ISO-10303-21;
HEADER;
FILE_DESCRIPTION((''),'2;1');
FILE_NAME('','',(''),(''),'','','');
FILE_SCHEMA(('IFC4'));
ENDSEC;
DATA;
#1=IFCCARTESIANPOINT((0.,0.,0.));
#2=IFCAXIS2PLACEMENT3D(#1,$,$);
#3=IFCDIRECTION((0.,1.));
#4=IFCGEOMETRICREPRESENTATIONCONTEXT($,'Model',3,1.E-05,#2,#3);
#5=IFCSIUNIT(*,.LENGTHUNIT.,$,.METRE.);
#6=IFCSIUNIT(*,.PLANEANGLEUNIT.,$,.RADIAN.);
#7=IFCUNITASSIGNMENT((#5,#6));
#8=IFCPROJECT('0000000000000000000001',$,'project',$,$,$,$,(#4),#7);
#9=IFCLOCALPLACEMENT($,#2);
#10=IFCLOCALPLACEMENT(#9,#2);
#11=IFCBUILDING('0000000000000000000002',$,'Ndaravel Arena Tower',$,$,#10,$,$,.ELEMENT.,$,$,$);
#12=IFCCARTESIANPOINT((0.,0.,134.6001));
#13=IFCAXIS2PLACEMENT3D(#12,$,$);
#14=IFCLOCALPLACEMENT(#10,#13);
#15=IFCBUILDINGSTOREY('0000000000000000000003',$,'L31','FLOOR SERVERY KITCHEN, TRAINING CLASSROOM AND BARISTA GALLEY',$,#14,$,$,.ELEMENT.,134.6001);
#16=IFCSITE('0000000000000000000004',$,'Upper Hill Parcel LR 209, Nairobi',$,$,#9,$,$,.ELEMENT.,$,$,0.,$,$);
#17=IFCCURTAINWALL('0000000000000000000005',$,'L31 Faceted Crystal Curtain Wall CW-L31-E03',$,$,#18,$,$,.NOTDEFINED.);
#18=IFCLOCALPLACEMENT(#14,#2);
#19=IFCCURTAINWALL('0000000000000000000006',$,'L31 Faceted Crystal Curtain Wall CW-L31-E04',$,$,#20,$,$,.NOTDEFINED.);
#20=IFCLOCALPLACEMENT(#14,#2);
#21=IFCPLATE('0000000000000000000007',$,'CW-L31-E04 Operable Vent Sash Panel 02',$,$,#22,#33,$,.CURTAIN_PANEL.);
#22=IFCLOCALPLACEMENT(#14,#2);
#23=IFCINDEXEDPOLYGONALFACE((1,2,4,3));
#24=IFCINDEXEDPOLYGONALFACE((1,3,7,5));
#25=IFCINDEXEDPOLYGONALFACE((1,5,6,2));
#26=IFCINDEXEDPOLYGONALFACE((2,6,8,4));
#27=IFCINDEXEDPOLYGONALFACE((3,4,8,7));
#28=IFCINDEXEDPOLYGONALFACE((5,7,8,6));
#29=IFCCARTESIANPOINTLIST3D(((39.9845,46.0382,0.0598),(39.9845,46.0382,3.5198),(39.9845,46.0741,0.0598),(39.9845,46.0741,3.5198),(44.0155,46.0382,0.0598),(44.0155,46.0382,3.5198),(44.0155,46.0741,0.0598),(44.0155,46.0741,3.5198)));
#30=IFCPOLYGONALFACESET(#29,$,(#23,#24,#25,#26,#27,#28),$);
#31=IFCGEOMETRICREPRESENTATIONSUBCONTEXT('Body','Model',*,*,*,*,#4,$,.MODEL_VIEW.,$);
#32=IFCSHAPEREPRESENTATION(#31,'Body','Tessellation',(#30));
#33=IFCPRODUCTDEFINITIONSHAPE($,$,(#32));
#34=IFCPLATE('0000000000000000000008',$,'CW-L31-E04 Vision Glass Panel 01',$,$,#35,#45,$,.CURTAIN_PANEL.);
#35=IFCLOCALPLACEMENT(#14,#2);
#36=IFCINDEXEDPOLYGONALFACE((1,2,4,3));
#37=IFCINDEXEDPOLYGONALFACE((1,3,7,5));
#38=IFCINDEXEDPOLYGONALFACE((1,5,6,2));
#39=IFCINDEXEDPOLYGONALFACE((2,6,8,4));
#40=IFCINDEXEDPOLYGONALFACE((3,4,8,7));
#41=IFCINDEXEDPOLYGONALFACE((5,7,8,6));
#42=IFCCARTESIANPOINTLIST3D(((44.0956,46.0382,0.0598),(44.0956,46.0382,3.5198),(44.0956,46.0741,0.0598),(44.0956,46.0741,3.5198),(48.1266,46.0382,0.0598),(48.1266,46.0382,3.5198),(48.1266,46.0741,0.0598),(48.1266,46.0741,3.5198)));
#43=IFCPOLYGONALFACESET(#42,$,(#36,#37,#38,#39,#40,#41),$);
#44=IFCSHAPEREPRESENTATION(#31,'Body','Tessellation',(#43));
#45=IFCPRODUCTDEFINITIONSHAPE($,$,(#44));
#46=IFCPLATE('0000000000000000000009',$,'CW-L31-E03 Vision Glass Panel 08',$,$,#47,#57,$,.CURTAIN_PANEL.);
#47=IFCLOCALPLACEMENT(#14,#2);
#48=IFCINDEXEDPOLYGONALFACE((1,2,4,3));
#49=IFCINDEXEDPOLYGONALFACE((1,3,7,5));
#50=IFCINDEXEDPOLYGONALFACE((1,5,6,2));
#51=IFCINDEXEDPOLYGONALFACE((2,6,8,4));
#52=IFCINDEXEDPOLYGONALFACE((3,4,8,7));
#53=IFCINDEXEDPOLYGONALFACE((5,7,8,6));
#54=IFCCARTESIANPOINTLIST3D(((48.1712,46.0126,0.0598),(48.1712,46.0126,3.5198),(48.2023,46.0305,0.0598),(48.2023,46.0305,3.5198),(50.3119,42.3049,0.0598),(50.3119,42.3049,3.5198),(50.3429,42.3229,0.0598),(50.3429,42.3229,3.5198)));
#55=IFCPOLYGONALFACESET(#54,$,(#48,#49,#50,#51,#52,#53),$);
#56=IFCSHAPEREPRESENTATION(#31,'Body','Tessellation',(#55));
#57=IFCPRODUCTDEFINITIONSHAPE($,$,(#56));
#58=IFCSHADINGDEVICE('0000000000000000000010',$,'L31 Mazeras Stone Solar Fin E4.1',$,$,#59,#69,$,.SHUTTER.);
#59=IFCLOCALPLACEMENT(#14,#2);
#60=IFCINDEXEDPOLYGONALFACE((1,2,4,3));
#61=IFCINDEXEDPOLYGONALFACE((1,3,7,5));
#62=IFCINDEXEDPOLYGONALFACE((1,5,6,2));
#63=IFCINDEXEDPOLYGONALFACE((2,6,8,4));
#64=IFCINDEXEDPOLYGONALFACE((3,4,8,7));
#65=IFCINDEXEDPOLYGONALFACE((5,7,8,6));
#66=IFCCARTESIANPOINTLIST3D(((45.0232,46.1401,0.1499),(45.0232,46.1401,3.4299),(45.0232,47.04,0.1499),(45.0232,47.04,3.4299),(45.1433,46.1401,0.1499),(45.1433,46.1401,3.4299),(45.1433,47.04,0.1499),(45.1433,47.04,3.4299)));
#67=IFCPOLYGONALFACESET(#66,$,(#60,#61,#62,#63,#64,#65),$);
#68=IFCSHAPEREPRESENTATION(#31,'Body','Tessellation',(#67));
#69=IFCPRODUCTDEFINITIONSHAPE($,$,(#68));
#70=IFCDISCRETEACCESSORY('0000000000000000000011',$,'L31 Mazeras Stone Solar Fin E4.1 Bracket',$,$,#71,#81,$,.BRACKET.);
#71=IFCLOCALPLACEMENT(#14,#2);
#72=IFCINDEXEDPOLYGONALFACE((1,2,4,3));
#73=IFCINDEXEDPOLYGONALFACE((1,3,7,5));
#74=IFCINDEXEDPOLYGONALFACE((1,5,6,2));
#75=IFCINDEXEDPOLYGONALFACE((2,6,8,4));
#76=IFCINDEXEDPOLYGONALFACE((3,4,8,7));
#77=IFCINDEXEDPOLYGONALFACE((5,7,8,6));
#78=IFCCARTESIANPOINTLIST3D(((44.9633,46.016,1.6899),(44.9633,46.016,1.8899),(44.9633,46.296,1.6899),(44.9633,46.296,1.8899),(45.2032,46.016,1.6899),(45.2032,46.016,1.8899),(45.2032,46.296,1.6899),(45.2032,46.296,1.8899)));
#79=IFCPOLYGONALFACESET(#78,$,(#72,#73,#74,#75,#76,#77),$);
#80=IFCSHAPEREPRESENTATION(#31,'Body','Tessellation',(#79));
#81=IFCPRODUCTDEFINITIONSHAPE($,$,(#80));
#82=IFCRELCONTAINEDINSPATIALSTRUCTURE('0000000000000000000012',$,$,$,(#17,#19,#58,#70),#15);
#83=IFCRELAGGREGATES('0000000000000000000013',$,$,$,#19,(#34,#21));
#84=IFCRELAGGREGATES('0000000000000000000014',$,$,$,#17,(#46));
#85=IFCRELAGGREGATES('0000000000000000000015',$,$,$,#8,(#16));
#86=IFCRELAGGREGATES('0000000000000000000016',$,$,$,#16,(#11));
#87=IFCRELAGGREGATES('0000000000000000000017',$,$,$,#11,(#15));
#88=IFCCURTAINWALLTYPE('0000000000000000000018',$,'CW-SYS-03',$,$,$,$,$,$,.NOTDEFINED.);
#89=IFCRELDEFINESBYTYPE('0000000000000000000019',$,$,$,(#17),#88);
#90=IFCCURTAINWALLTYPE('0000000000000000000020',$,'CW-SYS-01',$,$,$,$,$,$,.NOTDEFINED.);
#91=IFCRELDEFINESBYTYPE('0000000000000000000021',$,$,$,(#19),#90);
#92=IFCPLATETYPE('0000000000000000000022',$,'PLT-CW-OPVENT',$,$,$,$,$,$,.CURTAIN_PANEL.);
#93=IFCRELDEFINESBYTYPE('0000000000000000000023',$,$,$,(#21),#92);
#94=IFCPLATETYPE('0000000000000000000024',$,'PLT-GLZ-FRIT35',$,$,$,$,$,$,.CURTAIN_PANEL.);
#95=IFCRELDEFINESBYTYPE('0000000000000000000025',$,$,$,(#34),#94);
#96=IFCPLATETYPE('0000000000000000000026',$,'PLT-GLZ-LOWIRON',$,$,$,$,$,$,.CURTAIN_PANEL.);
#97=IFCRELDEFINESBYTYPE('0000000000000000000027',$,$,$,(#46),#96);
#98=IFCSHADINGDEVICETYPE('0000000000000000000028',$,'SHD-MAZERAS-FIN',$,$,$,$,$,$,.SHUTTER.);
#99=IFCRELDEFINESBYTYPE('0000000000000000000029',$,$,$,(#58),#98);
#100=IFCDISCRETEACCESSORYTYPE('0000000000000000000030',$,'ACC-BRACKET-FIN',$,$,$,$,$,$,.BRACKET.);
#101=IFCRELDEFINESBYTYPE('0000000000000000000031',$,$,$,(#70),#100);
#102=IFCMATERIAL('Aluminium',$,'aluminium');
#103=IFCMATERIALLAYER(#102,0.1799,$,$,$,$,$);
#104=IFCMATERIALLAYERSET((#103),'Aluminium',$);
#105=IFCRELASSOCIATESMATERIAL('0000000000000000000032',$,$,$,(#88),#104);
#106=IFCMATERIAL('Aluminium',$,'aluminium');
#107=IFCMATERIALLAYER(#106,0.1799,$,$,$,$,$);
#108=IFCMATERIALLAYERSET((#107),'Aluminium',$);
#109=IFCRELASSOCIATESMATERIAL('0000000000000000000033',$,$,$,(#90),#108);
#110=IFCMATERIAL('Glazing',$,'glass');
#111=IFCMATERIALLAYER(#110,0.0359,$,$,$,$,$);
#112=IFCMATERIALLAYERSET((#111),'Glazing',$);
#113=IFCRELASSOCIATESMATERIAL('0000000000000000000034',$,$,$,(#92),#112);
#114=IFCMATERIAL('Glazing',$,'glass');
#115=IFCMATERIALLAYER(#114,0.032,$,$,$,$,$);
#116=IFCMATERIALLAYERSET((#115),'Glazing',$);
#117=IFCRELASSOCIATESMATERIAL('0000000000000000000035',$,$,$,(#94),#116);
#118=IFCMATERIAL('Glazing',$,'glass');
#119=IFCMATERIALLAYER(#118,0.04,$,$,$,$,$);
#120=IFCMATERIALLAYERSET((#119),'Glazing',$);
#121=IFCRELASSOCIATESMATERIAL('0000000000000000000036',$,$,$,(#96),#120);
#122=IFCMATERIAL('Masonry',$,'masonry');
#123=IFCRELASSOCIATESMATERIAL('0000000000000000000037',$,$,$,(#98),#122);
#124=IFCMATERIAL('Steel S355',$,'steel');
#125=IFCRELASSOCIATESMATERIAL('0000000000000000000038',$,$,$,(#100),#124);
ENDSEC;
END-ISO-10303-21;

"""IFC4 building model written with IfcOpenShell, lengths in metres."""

from ifc_helpers import new_model, si_unit, direction, frame, origin, origin_2d, place, context, subcontext, project, spatial, rectangle, extrude, material, layer, layer_set, type_object, element, aggregate, save


model = new_model("IFC4")

# Units and contexts
model_context = context("Model", 3, precision=1e-05, world=origin(), true_north=direction((0.0, 1.0)))
body_context = subcontext(model_context, "Body", "Model", "MODEL_VIEW")
ifc_project = project(units=[si_unit("LENGTHUNIT", "METRE"), si_unit("PLANEANGLEUNIT", "RADIAN")], contexts=[model_context])

# Site, building, storey
site_placement = place(None, origin())
site = spatial("IfcSite", under=ifc_project, at=site_placement, Name="Upper Hill Parcel LR 209, Nairobi", CompositionType="ELEMENT", RefElevation=0.0)
building_placement = place(site_placement, origin())
building = spatial("IfcBuilding", under=site, at=building_placement, Name="Ndaravel Arena Tower", CompositionType="ELEMENT")
storey_placement = place(building_placement, frame((0.0, 0.0, 134.6001)))
storey = spatial("IfcBuildingStorey", under=building, at=storey_placement, Name="L31", Description="FLOOR SERVERY KITCHEN, TRAINING CLASSROOM AND BARISTA GALLEY", CompositionType="ELEMENT", Elevation=134.6001)

# Curtain wall
ifc_material_1 = material(Name="Aluminium", Category="aluminium")
ifc_layer_1 = layer(ifc_material_1, 0.1799)
ifc_layer_set_1 = layer_set([ifc_layer_1], Name="Aluminium")
curtain_wall_type_1 = type_object("IfcCurtainWallType", Name="CW-SYS-03", PredefinedType="NOTDEFINED", material=ifc_layer_set_1)
curtain_wall_1_placement = place(storey_placement, origin())
curtain_wall_1 = element("IfcCurtainWall", 1, at=curtain_wall_1_placement, inside=storey, type_object=curtain_wall_type_1, Name="L31 Faceted Crystal Curtain Wall CW-L31-E03", PredefinedType="NOTDEFINED")

# Curtain wall, plates
ifc_material_2 = material(Name="Aluminium", Category="aluminium")
ifc_layer_2 = layer(ifc_material_2, 0.1799)
ifc_layer_set_2 = layer_set([ifc_layer_2], Name="Aluminium")
curtain_wall_type_2 = type_object("IfcCurtainWallType", Name="CW-SYS-01", PredefinedType="NOTDEFINED", material=ifc_layer_set_2)
curtain_wall_2_placement = place(storey_placement, origin())
curtain_wall_2 = element("IfcCurtainWall", 2, at=curtain_wall_2_placement, inside=storey, type_object=curtain_wall_type_2, Name="L31 Faceted Crystal Curtain Wall CW-L31-E04", PredefinedType="NOTDEFINED")
ifc_material_3 = material(Name="Glazing", Category="glass")
ifc_layer_3 = layer(ifc_material_3, 0.0359)
ifc_layer_set_3 = layer_set([ifc_layer_3], Name="Glazing")
plate_type_1 = type_object("IfcPlateType", Name="PLT-CW-OPVENT", PredefinedType="CURTAIN_PANEL", material=ifc_layer_set_3)
plate_1_placement = place(storey_placement, frame((42.0, 46.0562, 0.0598), z_axis=(0.0, 0.0, 1.0), x_axis=(-1.0, 0.0, 0.0)))
plate_1 = element("IfcPlate", 3, at=plate_1_placement, type_object=plate_type_1, Name="CW-L31-E04 Operable Vent Sash Panel 02", PredefinedType="CURTAIN_PANEL", context=body_context, shape_type="SweptSolid", body=[
    extrude(rectangle(XDim=4.031, YDim=0.0359, at=origin_2d()), origin(), (0.0, 0.0, 1.0), 3.46),
])
ifc_material_4 = material(Name="Glazing", Category="glass")
ifc_layer_4 = layer(ifc_material_4, 0.032)
ifc_layer_set_4 = layer_set([ifc_layer_4], Name="Glazing")
plate_type_2 = type_object("IfcPlateType", Name="PLT-GLZ-FRIT35", PredefinedType="CURTAIN_PANEL", material=ifc_layer_set_4)
plate_2_placement = place(storey_placement, frame((46.1111, 46.0562, 0.0598), z_axis=(0.0, 0.0, 1.0), x_axis=(-1.0, 0.0, 0.0)))
plate_2 = element("IfcPlate", 4, at=plate_2_placement, type_object=plate_type_2, Name="CW-L31-E04 Vision Glass Panel 01", PredefinedType="CURTAIN_PANEL", context=body_context, shape_type="SweptSolid", body=[
    extrude(rectangle(XDim=4.031, YDim=0.0359, at=origin_2d()), origin(), (0.0, 0.0, 1.0), 3.46),
])
aggregate(curtain_wall_2, [plate_2, plate_1])

# Plate
ifc_material_5 = material(Name="Glazing", Category="glass")
ifc_layer_5 = layer(ifc_material_5, 0.04)
ifc_layer_set_5 = layer_set([ifc_layer_5], Name="Glazing")
plate_type_3 = type_object("IfcPlateType", Name="PLT-GLZ-LOWIRON", PredefinedType="CURTAIN_PANEL", material=ifc_layer_set_5)
plate_3_placement = place(storey_placement, frame((49.2571, 44.1677, 0.0598), z_axis=(0.0, 0.0, 1.0), x_axis=(-0.5, 0.866025, 0.0)))
plate_3 = element("IfcPlate", 5, at=plate_3_placement, type_object=plate_type_3, Name="CW-L31-E03 Vision Glass Panel 08", PredefinedType="CURTAIN_PANEL", context=body_context, shape_type="SweptSolid", body=[
    extrude(rectangle(XDim=4.2812, YDim=0.0359, at=origin_2d()), origin(), (0.0, 0.0, 1.0), 3.46),
])
aggregate(curtain_wall_1, [plate_3])

# Shading device
ifc_material_6 = material(Name="Masonry", Category="masonry")
shading_device_type = type_object("IfcShadingDeviceType", Name="SHD-MAZERAS-FIN", PredefinedType="SHUTTER", material=ifc_material_6)
shading_device_placement = place(storey_placement, frame((45.0833, 46.5901, 0.1499), z_axis=(0.0, 0.0, 1.0), x_axis=(0.0, 1.0, 0.0)))
element("IfcShadingDevice", 6, at=shading_device_placement, inside=storey, type_object=shading_device_type, Name="L31 Mazeras Stone Solar Fin E4.1", PredefinedType="SHUTTER", context=body_context, shape_type="SweptSolid", body=[
    extrude(rectangle(XDim=0.8999, YDim=0.1201, at=origin_2d()), origin(), (0.0, 0.0, 1.0), 3.28),
])

# Discrete accessory
ifc_material_7 = material(Name="Steel S355", Category="steel")
discrete_accessory_type = type_object("IfcDiscreteAccessoryType", Name="ACC-BRACKET-FIN", PredefinedType="BRACKET", material=ifc_material_7)
discrete_accessory_placement = place(storey_placement, frame((45.0833, 46.156, 1.6899), z_axis=(0.0, 0.0, 1.0), x_axis=(0.0, 1.0, 0.0)))
element("IfcDiscreteAccessory", 7, at=discrete_accessory_placement, inside=storey, type_object=discrete_accessory_type, Name="L31 Mazeras Stone Solar Fin E4.1 Bracket", PredefinedType="BRACKET", context=body_context, shape_type="SweptSolid", body=[
    extrude(rectangle(XDim=0.28, YDim=0.24, at=origin_2d()), origin(), (0.0, 0.0, 1.0), 0.2),
])

save(model, "model.ifc")
